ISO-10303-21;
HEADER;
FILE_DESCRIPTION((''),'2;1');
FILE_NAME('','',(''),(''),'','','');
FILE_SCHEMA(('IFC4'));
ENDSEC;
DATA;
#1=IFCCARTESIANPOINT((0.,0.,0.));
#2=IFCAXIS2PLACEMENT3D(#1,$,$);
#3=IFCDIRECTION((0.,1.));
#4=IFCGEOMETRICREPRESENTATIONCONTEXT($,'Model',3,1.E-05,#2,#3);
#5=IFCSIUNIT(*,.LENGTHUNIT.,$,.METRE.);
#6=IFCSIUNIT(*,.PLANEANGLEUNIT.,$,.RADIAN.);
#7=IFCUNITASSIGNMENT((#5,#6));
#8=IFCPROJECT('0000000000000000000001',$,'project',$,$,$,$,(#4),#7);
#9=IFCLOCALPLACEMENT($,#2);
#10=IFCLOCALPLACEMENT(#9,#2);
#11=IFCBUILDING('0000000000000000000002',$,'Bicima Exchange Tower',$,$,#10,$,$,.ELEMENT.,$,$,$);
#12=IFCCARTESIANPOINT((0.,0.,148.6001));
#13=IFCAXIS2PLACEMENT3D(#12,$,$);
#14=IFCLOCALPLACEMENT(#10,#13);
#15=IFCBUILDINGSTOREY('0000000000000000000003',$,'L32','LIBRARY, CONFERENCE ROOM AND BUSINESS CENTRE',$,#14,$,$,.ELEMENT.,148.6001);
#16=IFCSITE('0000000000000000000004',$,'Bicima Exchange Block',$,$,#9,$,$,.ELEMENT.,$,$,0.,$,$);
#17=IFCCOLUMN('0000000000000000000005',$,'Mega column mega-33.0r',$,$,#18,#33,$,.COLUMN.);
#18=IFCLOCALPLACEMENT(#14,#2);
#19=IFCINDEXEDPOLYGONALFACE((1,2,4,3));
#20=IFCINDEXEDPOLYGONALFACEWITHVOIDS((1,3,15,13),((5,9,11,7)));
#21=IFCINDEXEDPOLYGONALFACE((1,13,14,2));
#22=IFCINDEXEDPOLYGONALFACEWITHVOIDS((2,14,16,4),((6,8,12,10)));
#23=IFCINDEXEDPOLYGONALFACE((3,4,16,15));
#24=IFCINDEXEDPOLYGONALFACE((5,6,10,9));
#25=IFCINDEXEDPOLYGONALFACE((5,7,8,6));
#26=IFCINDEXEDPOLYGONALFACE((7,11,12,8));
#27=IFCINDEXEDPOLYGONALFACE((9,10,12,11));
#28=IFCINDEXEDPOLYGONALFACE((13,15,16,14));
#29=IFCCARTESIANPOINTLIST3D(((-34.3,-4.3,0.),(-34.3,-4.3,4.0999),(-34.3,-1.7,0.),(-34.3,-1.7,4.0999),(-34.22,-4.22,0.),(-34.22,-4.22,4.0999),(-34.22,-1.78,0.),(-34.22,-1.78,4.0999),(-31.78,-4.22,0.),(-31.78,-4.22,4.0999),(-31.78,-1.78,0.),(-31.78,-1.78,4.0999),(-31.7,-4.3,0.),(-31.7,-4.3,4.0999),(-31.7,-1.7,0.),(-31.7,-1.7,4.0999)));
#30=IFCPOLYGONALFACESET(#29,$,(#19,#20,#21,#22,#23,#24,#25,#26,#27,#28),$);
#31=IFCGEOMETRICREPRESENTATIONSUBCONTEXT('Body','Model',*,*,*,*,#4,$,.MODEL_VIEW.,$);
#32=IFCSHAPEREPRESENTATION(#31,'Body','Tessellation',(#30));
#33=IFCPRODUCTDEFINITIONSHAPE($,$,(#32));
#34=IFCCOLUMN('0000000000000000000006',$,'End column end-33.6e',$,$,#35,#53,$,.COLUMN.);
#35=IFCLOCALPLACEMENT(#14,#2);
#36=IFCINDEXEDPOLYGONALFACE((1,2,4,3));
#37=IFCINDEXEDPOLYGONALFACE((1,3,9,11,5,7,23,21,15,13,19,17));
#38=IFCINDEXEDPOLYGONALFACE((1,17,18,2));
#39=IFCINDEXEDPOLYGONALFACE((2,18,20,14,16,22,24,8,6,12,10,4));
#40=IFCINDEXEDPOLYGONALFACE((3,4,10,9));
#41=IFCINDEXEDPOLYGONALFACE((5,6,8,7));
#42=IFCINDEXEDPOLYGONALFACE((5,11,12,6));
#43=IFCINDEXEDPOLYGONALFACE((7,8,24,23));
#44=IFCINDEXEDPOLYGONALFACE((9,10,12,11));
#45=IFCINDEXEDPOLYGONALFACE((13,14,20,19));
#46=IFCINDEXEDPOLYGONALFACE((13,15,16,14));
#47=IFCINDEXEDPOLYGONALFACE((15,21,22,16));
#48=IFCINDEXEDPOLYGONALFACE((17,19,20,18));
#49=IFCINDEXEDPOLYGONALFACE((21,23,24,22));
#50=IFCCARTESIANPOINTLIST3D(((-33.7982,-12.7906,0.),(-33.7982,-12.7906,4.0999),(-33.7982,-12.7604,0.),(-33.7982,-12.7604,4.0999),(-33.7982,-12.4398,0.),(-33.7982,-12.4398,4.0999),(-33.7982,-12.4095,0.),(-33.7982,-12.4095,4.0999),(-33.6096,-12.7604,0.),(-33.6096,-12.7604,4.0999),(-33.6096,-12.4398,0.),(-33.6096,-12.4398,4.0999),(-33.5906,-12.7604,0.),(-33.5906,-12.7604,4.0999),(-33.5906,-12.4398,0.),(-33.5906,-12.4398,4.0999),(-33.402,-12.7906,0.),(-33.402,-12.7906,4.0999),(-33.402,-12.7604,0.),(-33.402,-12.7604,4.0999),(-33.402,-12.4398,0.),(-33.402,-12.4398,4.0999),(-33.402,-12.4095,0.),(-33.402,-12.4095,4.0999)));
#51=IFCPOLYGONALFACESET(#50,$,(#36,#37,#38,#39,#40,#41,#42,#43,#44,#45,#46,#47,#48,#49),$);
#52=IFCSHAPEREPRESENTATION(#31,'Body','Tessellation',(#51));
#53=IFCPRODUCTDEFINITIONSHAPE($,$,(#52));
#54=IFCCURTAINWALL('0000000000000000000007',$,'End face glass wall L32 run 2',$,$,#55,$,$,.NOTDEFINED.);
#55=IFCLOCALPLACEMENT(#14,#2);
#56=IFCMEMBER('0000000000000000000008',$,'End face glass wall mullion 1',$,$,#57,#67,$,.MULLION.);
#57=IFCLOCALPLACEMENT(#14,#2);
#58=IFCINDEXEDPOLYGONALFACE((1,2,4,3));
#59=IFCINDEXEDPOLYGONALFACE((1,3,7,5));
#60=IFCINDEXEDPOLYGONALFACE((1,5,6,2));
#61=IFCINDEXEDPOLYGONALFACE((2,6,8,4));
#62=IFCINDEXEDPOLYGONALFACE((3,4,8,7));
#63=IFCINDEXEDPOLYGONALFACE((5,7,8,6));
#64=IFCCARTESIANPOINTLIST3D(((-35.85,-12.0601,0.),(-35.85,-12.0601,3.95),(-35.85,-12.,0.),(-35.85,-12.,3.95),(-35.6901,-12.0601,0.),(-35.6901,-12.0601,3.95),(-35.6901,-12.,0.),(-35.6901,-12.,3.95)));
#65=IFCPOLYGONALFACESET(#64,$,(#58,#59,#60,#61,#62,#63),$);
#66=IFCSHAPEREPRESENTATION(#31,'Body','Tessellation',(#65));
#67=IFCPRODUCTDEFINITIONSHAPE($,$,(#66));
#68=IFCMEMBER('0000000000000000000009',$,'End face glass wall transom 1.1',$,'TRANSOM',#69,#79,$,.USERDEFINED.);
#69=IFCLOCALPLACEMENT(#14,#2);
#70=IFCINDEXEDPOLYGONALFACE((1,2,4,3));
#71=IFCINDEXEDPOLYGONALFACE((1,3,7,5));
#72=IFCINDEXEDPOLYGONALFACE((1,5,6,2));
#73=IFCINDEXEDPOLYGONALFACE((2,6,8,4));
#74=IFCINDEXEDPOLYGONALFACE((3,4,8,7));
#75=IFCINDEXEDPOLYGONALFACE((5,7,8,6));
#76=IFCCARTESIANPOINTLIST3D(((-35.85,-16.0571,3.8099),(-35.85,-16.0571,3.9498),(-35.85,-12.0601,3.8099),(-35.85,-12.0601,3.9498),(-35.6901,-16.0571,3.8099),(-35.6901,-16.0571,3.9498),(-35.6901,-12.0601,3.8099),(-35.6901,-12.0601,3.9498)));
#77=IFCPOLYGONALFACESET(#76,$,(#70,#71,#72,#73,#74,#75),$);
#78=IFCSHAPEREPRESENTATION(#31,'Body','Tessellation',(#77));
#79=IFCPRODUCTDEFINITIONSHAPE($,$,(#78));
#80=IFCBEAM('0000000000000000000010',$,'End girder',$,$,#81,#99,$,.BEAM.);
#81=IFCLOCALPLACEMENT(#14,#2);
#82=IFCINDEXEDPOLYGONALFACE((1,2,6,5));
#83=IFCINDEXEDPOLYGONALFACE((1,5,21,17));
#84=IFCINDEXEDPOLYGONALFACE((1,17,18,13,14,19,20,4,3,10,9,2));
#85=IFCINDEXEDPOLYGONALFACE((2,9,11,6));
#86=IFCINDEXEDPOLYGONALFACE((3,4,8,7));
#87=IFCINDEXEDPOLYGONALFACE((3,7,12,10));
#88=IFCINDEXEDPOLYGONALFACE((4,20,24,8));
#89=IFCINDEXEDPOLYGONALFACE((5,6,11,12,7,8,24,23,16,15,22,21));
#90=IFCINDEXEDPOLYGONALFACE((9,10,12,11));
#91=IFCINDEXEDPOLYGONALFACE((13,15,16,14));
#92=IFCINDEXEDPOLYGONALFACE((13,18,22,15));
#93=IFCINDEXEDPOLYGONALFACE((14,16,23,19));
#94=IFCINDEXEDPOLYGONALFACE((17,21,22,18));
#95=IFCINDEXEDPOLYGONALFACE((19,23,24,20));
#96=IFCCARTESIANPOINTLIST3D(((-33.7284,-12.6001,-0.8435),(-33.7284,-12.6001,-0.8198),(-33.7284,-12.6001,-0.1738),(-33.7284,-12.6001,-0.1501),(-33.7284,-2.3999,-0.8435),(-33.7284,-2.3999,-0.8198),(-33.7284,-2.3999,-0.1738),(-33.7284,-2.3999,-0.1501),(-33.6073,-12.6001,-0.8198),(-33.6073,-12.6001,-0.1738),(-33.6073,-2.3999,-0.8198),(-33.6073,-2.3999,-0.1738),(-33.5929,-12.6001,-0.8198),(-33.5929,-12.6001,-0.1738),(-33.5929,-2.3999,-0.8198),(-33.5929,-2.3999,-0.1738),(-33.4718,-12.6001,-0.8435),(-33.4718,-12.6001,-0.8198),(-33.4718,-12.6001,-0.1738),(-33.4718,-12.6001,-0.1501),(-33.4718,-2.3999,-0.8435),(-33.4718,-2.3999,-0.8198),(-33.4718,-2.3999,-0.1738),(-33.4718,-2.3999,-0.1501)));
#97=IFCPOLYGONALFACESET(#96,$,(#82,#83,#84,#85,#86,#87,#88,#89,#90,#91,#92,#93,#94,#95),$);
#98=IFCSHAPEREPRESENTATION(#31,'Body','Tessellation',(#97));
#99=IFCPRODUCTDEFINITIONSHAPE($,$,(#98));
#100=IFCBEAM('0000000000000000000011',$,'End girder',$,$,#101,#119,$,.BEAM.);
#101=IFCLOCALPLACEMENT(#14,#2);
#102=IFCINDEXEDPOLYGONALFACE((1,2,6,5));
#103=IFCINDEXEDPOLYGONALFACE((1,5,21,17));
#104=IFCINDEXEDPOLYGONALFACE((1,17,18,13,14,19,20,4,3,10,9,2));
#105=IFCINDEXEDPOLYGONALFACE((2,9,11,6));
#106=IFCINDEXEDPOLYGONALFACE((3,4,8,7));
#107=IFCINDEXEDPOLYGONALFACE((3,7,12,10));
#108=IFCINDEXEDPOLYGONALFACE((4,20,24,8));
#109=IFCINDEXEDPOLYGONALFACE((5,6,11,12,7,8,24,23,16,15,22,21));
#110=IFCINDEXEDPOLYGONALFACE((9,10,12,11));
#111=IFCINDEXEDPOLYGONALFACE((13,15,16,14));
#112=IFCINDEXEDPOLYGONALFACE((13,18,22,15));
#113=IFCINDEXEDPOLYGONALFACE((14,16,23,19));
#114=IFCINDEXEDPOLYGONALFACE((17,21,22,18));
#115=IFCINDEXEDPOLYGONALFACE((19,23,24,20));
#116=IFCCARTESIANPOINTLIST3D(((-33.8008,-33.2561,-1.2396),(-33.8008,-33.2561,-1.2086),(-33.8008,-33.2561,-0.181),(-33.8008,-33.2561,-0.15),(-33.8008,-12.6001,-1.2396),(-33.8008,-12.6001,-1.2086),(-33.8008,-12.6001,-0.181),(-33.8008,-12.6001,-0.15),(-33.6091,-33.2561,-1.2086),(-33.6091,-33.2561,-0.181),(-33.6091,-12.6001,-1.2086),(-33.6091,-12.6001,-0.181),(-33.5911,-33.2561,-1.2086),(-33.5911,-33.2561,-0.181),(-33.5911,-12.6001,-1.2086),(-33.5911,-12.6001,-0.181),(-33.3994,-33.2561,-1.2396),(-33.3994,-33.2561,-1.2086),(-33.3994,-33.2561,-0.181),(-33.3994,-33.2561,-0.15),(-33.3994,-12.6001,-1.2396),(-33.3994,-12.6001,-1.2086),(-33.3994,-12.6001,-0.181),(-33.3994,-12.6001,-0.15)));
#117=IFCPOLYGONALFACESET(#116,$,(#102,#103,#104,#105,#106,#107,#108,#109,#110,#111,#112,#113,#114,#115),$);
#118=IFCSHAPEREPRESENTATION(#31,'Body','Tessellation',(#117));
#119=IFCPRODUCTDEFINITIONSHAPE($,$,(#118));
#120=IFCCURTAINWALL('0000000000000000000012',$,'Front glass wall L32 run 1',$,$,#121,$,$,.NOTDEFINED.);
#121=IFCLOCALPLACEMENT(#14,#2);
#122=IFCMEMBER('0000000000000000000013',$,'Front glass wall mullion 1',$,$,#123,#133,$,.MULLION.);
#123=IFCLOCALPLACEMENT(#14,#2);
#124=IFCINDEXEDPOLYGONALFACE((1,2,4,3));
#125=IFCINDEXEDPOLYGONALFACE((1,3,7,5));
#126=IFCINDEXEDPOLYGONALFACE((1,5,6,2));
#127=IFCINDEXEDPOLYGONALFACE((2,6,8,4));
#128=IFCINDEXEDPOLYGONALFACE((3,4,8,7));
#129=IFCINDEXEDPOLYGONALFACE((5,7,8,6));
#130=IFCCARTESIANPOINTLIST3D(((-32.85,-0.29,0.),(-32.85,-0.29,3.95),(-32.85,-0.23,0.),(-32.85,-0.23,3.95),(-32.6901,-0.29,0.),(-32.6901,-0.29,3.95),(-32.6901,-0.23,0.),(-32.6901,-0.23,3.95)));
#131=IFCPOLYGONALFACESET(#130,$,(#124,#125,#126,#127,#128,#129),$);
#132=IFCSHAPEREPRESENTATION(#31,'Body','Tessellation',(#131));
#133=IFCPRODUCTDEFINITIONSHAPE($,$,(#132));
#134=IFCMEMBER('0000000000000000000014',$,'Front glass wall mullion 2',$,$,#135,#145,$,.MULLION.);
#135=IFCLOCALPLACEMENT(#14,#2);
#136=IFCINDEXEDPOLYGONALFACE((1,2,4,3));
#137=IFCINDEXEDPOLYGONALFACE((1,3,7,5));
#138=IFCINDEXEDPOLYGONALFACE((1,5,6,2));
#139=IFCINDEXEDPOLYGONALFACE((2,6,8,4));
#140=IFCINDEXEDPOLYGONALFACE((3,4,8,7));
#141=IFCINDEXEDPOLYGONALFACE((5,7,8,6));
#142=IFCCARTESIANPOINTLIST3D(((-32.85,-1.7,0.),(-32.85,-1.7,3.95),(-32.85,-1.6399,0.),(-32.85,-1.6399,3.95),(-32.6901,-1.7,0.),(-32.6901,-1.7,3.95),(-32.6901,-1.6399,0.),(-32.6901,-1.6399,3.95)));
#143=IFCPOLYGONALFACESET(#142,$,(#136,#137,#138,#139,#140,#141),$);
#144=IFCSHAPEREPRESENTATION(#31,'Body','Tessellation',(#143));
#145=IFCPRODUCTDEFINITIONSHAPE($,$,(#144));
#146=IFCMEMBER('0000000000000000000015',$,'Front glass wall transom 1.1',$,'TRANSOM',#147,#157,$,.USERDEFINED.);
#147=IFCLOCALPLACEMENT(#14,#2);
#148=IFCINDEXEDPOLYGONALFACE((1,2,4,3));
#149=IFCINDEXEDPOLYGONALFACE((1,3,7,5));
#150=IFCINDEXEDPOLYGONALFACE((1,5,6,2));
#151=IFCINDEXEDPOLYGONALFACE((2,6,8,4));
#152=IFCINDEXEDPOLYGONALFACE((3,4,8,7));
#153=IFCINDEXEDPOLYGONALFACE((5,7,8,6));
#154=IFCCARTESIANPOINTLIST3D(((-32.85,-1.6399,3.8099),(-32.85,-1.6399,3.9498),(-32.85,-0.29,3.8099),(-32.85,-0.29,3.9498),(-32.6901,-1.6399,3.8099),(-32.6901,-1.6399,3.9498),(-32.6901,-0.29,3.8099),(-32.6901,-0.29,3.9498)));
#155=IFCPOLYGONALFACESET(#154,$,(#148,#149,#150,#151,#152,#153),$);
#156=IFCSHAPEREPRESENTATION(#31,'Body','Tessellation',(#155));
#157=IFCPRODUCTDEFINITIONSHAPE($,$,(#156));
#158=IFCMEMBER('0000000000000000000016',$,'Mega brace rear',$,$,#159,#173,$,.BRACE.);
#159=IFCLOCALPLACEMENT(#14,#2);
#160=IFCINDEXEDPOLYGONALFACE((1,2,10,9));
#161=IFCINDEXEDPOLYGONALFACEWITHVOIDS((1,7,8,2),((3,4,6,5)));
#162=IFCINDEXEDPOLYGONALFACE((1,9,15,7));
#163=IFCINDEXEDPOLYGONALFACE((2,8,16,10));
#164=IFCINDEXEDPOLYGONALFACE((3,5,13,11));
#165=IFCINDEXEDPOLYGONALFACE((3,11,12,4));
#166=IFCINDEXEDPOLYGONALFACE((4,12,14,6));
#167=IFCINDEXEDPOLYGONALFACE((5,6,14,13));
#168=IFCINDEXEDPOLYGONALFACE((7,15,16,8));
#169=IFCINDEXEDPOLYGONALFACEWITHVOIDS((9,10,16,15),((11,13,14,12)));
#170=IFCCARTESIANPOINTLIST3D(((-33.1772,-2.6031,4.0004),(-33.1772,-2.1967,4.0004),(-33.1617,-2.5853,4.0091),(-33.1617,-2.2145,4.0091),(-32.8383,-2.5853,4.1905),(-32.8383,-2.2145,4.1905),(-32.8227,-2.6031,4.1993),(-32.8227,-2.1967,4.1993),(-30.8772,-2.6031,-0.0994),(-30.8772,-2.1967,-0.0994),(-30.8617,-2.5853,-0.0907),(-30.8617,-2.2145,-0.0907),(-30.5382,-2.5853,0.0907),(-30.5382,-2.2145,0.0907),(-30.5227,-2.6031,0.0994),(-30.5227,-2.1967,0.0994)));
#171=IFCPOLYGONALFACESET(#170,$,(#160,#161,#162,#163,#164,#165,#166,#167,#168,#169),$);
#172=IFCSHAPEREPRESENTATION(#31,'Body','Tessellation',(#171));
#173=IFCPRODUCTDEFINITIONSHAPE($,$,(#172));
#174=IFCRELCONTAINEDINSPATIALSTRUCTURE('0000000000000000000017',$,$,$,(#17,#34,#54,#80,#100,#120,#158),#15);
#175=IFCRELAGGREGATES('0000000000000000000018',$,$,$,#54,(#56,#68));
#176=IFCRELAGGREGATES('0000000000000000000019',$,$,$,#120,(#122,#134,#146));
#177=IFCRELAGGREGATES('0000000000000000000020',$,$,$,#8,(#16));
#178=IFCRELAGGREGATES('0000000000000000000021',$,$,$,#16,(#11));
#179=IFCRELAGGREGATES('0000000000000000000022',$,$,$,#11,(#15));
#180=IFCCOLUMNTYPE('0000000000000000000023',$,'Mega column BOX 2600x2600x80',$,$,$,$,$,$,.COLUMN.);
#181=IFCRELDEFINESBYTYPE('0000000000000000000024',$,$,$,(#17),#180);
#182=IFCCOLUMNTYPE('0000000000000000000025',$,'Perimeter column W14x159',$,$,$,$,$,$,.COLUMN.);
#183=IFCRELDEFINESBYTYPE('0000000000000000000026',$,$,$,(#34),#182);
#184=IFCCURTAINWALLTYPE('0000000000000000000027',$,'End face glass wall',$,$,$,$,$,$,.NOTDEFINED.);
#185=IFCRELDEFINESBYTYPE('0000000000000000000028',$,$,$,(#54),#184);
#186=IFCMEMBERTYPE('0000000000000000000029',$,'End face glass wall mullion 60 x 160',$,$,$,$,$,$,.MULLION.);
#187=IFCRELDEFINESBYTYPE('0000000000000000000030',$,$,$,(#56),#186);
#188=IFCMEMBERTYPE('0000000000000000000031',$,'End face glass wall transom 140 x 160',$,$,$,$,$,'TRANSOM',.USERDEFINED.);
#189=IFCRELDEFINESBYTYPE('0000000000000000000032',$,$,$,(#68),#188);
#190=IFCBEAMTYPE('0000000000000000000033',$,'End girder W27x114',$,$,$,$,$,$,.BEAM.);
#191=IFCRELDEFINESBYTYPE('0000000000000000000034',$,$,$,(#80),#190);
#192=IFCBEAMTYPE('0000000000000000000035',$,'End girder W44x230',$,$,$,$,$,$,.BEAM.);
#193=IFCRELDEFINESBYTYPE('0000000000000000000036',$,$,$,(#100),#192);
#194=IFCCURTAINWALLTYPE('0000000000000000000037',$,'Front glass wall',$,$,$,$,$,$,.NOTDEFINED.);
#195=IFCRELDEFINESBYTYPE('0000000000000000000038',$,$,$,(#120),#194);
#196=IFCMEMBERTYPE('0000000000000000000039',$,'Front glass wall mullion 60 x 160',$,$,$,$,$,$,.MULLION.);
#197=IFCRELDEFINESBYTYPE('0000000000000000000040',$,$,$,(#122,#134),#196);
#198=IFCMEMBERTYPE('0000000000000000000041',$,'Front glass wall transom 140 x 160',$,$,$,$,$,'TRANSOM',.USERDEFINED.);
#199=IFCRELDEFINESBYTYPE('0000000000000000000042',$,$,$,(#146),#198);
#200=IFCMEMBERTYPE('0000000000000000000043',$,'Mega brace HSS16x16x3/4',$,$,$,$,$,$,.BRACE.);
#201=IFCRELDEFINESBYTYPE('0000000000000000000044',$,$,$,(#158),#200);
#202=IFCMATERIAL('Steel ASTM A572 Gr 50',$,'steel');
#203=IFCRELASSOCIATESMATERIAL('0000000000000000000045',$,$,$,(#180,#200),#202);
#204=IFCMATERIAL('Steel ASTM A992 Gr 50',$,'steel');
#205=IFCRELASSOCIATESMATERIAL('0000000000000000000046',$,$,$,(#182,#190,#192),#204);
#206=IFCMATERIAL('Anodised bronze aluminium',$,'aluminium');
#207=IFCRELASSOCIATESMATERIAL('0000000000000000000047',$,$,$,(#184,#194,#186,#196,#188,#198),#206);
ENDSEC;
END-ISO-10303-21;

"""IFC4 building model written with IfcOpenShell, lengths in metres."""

from ifc_helpers import new_model, si_unit, direction, frame, origin, origin_2d, place, context, subcontext, project, spatial, rectangle, hollow_rectangle, i_section, extrude, material, material_profile, profile_set, type_object, element, aggregate, save


model = new_model("IFC4")

# Units and contexts
model_context = context("Model", 3, precision=1e-05, world=origin(), true_north=direction((0.0, 1.0)))
body_context = subcontext(model_context, "Body", "Model", "MODEL_VIEW")
ifc_project = project(units=[si_unit("LENGTHUNIT", "METRE"), si_unit("PLANEANGLEUNIT", "RADIAN")], contexts=[model_context])

# Site, building, storey
site_placement = place(None, origin())
site = spatial("IfcSite", under=ifc_project, at=site_placement, Name="Bicima Exchange Block", CompositionType="ELEMENT", RefElevation=0.0)
building_placement = place(site_placement, origin())
building = spatial("IfcBuilding", under=site, at=building_placement, Name="Bicima Exchange Tower", CompositionType="ELEMENT")
storey_placement = place(building_placement, frame((0.0, 0.0, 148.6001)))
storey = spatial("IfcBuildingStorey", under=building, at=storey_placement, Name="L32", Description="LIBRARY, CONFERENCE ROOM AND BUSINESS CENTRE", CompositionType="ELEMENT", Elevation=148.6001)

# Columns
ifc_material_1 = material(Name="Steel ASTM A572 Gr 50", Category="steel")
ifc_material_profile_1 = material_profile(ifc_material_1, hollow_rectangle(XDim=2.6001, YDim=2.6001, WallThickness=0.0801, at=origin_2d()))
ifc_profile_set_1 = profile_set([ifc_material_profile_1], Name="Steel ASTM A572 Gr 50")
column_type_1 = type_object("IfcColumnType", Name="Mega column BOX 2600x2600x80", PredefinedType="COLUMN", material=ifc_profile_set_1)
column_1_placement = place(storey_placement, frame((-33.0, -3.0, 0.0), z_axis=(0.0, 0.0, 1.0), x_axis=(1.0, 0.0, 0.0)))
element("IfcColumn", 1, at=column_1_placement, inside=storey, type_object=column_type_1, Name="Mega column mega-33.0r", PredefinedType="COLUMN", context=body_context, shape_type="SweptSolid", body=[
    extrude(hollow_rectangle(XDim=2.6001, YDim=2.6001, WallThickness=0.0801, at=origin_2d()), origin(), (0.0, 0.0, 1.0), 4.0999),
])
ifc_material_2 = material(Name="Steel ASTM A992 Gr 50", Category="steel")
ifc_material_profile_2 = material_profile(ifc_material_2, i_section(OverallWidth=0.3962, OverallDepth=0.3811, WebThickness=0.019, FlangeThickness=0.0303, at=origin_2d()))
ifc_profile_set_2 = profile_set([ifc_material_profile_2], Name="Steel ASTM A992 Gr 50")
column_type_2 = type_object("IfcColumnType", Name="Perimeter column W14x159", PredefinedType="COLUMN", material=ifc_profile_set_2)
column_2_placement = place(storey_placement, frame((-33.6001, -12.6001, 0.0), z_axis=(0.0, 0.0, 1.0), x_axis=(1.0, 0.0, 0.0)))
element("IfcColumn", 2, at=column_2_placement, inside=storey, type_object=column_type_2, Name="End column end-33.6e", PredefinedType="COLUMN", context=body_context, shape_type="SweptSolid", body=[
    extrude(i_section(OverallWidth=0.3962, OverallDepth=0.3811, WebThickness=0.019, FlangeThickness=0.0303, at=origin_2d()), origin(), (0.0, 0.0, 1.0), 4.0999),
])

# Curtain wall, members
ifc_material_3 = material(Name="Anodised bronze aluminium", Category="aluminium")
curtain_wall_type_1 = type_object("IfcCurtainWallType", Name="End face glass wall", PredefinedType="NOTDEFINED", material=ifc_material_3)
curtain_wall_1_placement = place(storey_placement, origin())
curtain_wall_1 = element("IfcCurtainWall", 3, at=curtain_wall_1_placement, inside=storey, type_object=curtain_wall_type_1, Name="End face glass wall L32 run 2", PredefinedType="NOTDEFINED")
ifc_material_profile_3 = material_profile(ifc_material_3, rectangle(XDim=0.1599, YDim=0.0601, at=origin_2d()))
ifc_profile_set_3 = profile_set([ifc_material_profile_3], Name="Anodised bronze aluminium")
member_type_1 = type_object("IfcMemberType", Name="End face glass wall mullion 60 x 160", PredefinedType="MULLION", material=ifc_profile_set_3)
member_1_placement = place(storey_placement, frame((-35.77, -12.03, 0.0), z_axis=(0.0, 0.0, 1.0), x_axis=(1.0, 0.0, 0.0)))
member_1 = element("IfcMember", 4, at=member_1_placement, type_object=member_type_1, Name="End face glass wall mullion 1", PredefinedType="MULLION", context=body_context, shape_type="SweptSolid", body=[
    extrude(rectangle(XDim=0.1599, YDim=0.0601, at=origin_2d()), origin(), (0.0, 0.0, 1.0), 3.95),
])
ifc_material_profile_4 = material_profile(ifc_material_3, rectangle(XDim=0.1599, YDim=0.1399, at=origin_2d()))
ifc_profile_set_4 = profile_set([ifc_material_profile_4], Name="Anodised bronze aluminium")
member_type_2 = type_object("IfcMemberType", Name="End face glass wall transom 140 x 160", ElementType="TRANSOM", PredefinedType="USERDEFINED", material=ifc_profile_set_4)
member_2_placement = place(storey_placement, frame((-35.77, -12.0601, 3.8799), z_axis=(0.0, -1.0, 0.0), x_axis=(1.0, 0.0, 0.0)))
member_2 = element("IfcMember", 5, at=member_2_placement, type_object=member_type_2, Name="End face glass wall transom 1.1", ObjectType="TRANSOM", PredefinedType="USERDEFINED", context=body_context, shape_type="SweptSolid", body=[
    extrude(rectangle(XDim=0.1599, YDim=0.1399, at=origin_2d()), origin(), (0.0, 0.0, 1.0), 3.9971),
])
aggregate(curtain_wall_1, [member_1, member_2])

# Beams
ifc_material_profile_5 = material_profile(ifc_material_2, i_section(OverallWidth=0.2566, OverallDepth=0.6934, WebThickness=0.0144, FlangeThickness=0.0237, at=origin_2d()))
ifc_profile_set_5 = profile_set([ifc_material_profile_5], Name="Steel ASTM A992 Gr 50")
beam_type_1 = type_object("IfcBeamType", Name="End girder W27x114", PredefinedType="BEAM", material=ifc_profile_set_5)
beam_1_placement = place(storey_placement, frame((-33.6001, -2.3999, -0.4968), z_axis=(0.0, -1.0, 0.0), x_axis=(1.0, 0.0, 0.0)))
element("IfcBeam", 6, at=beam_1_placement, inside=storey, type_object=beam_type_1, Name="End girder", PredefinedType="BEAM", context=body_context, shape_type="SweptSolid", body=[
    extrude(i_section(OverallWidth=0.2566, OverallDepth=0.6934, WebThickness=0.0144, FlangeThickness=0.0237, at=origin_2d()), origin(), (0.0, 0.0, 1.0), 10.2002),
])
ifc_material_profile_6 = material_profile(ifc_material_2, i_section(OverallWidth=0.4014, OverallDepth=1.0896, WebThickness=0.0181, FlangeThickness=0.031, at=origin_2d()))
ifc_profile_set_6 = profile_set([ifc_material_profile_6], Name="Steel ASTM A992 Gr 50")
beam_type_2 = type_object("IfcBeamType", Name="End girder W44x230", PredefinedType="BEAM", material=ifc_profile_set_6)
beam_2_placement = place(storey_placement, frame((-33.6001, -12.6001, -0.6948), z_axis=(0.0, -1.0, 0.0), x_axis=(1.0, 0.0, 0.0)))
element("IfcBeam", 7, at=beam_2_placement, inside=storey, type_object=beam_type_2, Name="End girder", PredefinedType="BEAM", context=body_context, shape_type="SweptSolid", body=[
    extrude(i_section(OverallWidth=0.4014, OverallDepth=1.0896, WebThickness=0.0181, FlangeThickness=0.031, at=origin_2d()), origin(), (0.0, 0.0, 1.0), 20.656),
])

# Curtain wall, members
curtain_wall_type_2 = type_object("IfcCurtainWallType", Name="Front glass wall", PredefinedType="NOTDEFINED", material=ifc_material_3)
curtain_wall_2_placement = place(storey_placement, origin())
curtain_wall_2 = element("IfcCurtainWall", 8, at=curtain_wall_2_placement, inside=storey, type_object=curtain_wall_type_2, Name="Front glass wall L32 run 1", PredefinedType="NOTDEFINED")
member_type_3 = type_object("IfcMemberType", Name="Front glass wall mullion 60 x 160", PredefinedType="MULLION", material=ifc_profile_set_3)
member_3_placement = place(storey_placement, frame((-32.77, -0.26, 0.0), z_axis=(0.0, 0.0, 1.0), x_axis=(1.0, 0.0, 0.0)))
member_3 = element("IfcMember", 9, at=member_3_placement, type_object=member_type_3, Name="Front glass wall mullion 1", PredefinedType="MULLION", context=body_context, shape_type="SweptSolid", body=[
    extrude(rectangle(XDim=0.1599, YDim=0.0601, at=origin_2d()), origin(), (0.0, 0.0, 1.0), 3.95),
])
member_4_placement = place(storey_placement, frame((-32.77, -1.6699, 0.0), z_axis=(0.0, 0.0, 1.0), x_axis=(1.0, 0.0, 0.0)))
member_4 = element("IfcMember", 10, at=member_4_placement, type_object=member_type_3, Name="Front glass wall mullion 2", PredefinedType="MULLION", context=body_context, shape_type="SweptSolid", body=[
    extrude(rectangle(XDim=0.1599, YDim=0.0601, at=origin_2d()), origin(), (0.0, 0.0, 1.0), 3.95),
])
member_type_4 = type_object("IfcMemberType", Name="Front glass wall transom 140 x 160", ElementType="TRANSOM", PredefinedType="USERDEFINED", material=ifc_profile_set_4)
member_5_placement = place(storey_placement, frame((-32.77, -0.29, 3.8799), z_axis=(0.0, -1.0, 0.0), x_axis=(1.0, 0.0, 0.0)))
member_5 = element("IfcMember", 11, at=member_5_placement, type_object=member_type_4, Name="Front glass wall transom 1.1", ObjectType="TRANSOM", PredefinedType="USERDEFINED", context=body_context, shape_type="SweptSolid", body=[
    extrude(rectangle(XDim=0.1599, YDim=0.1399, at=origin_2d()), origin(), (0.0, 0.0, 1.0), 1.3499),
])

# Member
ifc_material_profile_7 = material_profile(ifc_material_1, hollow_rectangle(XDim=0.4065, YDim=0.4065, WallThickness=0.0178, at=origin_2d()))
ifc_profile_set_7 = profile_set([ifc_material_profile_7], Name="Steel ASTM A572 Gr 50")
member_type_5 = type_object("IfcMemberType", Name="Mega brace HSS16x16x3/4", PredefinedType="BRACE", material=ifc_profile_set_7)
member_6_placement = place(storey_placement, frame((-30.7, -2.3999, 0.0), z_axis=(-0.489272, 0.0, 0.872131), x_axis=(0.0, -1.0, 0.0)))
element("IfcMember", 12, at=member_6_placement, inside=storey, type_object=member_type_5, Name="Mega brace rear", PredefinedType="BRACE", context=body_context, shape_type="SweptSolid", body=[
    extrude(hollow_rectangle(XDim=0.4065, YDim=0.4065, WallThickness=0.0178, at=origin_2d()), origin(), (0.0, 0.0, 1.0), 4.7009),
])

aggregate(curtain_wall_2, [member_3, member_4, member_5])

save(model, "model.ifc")
